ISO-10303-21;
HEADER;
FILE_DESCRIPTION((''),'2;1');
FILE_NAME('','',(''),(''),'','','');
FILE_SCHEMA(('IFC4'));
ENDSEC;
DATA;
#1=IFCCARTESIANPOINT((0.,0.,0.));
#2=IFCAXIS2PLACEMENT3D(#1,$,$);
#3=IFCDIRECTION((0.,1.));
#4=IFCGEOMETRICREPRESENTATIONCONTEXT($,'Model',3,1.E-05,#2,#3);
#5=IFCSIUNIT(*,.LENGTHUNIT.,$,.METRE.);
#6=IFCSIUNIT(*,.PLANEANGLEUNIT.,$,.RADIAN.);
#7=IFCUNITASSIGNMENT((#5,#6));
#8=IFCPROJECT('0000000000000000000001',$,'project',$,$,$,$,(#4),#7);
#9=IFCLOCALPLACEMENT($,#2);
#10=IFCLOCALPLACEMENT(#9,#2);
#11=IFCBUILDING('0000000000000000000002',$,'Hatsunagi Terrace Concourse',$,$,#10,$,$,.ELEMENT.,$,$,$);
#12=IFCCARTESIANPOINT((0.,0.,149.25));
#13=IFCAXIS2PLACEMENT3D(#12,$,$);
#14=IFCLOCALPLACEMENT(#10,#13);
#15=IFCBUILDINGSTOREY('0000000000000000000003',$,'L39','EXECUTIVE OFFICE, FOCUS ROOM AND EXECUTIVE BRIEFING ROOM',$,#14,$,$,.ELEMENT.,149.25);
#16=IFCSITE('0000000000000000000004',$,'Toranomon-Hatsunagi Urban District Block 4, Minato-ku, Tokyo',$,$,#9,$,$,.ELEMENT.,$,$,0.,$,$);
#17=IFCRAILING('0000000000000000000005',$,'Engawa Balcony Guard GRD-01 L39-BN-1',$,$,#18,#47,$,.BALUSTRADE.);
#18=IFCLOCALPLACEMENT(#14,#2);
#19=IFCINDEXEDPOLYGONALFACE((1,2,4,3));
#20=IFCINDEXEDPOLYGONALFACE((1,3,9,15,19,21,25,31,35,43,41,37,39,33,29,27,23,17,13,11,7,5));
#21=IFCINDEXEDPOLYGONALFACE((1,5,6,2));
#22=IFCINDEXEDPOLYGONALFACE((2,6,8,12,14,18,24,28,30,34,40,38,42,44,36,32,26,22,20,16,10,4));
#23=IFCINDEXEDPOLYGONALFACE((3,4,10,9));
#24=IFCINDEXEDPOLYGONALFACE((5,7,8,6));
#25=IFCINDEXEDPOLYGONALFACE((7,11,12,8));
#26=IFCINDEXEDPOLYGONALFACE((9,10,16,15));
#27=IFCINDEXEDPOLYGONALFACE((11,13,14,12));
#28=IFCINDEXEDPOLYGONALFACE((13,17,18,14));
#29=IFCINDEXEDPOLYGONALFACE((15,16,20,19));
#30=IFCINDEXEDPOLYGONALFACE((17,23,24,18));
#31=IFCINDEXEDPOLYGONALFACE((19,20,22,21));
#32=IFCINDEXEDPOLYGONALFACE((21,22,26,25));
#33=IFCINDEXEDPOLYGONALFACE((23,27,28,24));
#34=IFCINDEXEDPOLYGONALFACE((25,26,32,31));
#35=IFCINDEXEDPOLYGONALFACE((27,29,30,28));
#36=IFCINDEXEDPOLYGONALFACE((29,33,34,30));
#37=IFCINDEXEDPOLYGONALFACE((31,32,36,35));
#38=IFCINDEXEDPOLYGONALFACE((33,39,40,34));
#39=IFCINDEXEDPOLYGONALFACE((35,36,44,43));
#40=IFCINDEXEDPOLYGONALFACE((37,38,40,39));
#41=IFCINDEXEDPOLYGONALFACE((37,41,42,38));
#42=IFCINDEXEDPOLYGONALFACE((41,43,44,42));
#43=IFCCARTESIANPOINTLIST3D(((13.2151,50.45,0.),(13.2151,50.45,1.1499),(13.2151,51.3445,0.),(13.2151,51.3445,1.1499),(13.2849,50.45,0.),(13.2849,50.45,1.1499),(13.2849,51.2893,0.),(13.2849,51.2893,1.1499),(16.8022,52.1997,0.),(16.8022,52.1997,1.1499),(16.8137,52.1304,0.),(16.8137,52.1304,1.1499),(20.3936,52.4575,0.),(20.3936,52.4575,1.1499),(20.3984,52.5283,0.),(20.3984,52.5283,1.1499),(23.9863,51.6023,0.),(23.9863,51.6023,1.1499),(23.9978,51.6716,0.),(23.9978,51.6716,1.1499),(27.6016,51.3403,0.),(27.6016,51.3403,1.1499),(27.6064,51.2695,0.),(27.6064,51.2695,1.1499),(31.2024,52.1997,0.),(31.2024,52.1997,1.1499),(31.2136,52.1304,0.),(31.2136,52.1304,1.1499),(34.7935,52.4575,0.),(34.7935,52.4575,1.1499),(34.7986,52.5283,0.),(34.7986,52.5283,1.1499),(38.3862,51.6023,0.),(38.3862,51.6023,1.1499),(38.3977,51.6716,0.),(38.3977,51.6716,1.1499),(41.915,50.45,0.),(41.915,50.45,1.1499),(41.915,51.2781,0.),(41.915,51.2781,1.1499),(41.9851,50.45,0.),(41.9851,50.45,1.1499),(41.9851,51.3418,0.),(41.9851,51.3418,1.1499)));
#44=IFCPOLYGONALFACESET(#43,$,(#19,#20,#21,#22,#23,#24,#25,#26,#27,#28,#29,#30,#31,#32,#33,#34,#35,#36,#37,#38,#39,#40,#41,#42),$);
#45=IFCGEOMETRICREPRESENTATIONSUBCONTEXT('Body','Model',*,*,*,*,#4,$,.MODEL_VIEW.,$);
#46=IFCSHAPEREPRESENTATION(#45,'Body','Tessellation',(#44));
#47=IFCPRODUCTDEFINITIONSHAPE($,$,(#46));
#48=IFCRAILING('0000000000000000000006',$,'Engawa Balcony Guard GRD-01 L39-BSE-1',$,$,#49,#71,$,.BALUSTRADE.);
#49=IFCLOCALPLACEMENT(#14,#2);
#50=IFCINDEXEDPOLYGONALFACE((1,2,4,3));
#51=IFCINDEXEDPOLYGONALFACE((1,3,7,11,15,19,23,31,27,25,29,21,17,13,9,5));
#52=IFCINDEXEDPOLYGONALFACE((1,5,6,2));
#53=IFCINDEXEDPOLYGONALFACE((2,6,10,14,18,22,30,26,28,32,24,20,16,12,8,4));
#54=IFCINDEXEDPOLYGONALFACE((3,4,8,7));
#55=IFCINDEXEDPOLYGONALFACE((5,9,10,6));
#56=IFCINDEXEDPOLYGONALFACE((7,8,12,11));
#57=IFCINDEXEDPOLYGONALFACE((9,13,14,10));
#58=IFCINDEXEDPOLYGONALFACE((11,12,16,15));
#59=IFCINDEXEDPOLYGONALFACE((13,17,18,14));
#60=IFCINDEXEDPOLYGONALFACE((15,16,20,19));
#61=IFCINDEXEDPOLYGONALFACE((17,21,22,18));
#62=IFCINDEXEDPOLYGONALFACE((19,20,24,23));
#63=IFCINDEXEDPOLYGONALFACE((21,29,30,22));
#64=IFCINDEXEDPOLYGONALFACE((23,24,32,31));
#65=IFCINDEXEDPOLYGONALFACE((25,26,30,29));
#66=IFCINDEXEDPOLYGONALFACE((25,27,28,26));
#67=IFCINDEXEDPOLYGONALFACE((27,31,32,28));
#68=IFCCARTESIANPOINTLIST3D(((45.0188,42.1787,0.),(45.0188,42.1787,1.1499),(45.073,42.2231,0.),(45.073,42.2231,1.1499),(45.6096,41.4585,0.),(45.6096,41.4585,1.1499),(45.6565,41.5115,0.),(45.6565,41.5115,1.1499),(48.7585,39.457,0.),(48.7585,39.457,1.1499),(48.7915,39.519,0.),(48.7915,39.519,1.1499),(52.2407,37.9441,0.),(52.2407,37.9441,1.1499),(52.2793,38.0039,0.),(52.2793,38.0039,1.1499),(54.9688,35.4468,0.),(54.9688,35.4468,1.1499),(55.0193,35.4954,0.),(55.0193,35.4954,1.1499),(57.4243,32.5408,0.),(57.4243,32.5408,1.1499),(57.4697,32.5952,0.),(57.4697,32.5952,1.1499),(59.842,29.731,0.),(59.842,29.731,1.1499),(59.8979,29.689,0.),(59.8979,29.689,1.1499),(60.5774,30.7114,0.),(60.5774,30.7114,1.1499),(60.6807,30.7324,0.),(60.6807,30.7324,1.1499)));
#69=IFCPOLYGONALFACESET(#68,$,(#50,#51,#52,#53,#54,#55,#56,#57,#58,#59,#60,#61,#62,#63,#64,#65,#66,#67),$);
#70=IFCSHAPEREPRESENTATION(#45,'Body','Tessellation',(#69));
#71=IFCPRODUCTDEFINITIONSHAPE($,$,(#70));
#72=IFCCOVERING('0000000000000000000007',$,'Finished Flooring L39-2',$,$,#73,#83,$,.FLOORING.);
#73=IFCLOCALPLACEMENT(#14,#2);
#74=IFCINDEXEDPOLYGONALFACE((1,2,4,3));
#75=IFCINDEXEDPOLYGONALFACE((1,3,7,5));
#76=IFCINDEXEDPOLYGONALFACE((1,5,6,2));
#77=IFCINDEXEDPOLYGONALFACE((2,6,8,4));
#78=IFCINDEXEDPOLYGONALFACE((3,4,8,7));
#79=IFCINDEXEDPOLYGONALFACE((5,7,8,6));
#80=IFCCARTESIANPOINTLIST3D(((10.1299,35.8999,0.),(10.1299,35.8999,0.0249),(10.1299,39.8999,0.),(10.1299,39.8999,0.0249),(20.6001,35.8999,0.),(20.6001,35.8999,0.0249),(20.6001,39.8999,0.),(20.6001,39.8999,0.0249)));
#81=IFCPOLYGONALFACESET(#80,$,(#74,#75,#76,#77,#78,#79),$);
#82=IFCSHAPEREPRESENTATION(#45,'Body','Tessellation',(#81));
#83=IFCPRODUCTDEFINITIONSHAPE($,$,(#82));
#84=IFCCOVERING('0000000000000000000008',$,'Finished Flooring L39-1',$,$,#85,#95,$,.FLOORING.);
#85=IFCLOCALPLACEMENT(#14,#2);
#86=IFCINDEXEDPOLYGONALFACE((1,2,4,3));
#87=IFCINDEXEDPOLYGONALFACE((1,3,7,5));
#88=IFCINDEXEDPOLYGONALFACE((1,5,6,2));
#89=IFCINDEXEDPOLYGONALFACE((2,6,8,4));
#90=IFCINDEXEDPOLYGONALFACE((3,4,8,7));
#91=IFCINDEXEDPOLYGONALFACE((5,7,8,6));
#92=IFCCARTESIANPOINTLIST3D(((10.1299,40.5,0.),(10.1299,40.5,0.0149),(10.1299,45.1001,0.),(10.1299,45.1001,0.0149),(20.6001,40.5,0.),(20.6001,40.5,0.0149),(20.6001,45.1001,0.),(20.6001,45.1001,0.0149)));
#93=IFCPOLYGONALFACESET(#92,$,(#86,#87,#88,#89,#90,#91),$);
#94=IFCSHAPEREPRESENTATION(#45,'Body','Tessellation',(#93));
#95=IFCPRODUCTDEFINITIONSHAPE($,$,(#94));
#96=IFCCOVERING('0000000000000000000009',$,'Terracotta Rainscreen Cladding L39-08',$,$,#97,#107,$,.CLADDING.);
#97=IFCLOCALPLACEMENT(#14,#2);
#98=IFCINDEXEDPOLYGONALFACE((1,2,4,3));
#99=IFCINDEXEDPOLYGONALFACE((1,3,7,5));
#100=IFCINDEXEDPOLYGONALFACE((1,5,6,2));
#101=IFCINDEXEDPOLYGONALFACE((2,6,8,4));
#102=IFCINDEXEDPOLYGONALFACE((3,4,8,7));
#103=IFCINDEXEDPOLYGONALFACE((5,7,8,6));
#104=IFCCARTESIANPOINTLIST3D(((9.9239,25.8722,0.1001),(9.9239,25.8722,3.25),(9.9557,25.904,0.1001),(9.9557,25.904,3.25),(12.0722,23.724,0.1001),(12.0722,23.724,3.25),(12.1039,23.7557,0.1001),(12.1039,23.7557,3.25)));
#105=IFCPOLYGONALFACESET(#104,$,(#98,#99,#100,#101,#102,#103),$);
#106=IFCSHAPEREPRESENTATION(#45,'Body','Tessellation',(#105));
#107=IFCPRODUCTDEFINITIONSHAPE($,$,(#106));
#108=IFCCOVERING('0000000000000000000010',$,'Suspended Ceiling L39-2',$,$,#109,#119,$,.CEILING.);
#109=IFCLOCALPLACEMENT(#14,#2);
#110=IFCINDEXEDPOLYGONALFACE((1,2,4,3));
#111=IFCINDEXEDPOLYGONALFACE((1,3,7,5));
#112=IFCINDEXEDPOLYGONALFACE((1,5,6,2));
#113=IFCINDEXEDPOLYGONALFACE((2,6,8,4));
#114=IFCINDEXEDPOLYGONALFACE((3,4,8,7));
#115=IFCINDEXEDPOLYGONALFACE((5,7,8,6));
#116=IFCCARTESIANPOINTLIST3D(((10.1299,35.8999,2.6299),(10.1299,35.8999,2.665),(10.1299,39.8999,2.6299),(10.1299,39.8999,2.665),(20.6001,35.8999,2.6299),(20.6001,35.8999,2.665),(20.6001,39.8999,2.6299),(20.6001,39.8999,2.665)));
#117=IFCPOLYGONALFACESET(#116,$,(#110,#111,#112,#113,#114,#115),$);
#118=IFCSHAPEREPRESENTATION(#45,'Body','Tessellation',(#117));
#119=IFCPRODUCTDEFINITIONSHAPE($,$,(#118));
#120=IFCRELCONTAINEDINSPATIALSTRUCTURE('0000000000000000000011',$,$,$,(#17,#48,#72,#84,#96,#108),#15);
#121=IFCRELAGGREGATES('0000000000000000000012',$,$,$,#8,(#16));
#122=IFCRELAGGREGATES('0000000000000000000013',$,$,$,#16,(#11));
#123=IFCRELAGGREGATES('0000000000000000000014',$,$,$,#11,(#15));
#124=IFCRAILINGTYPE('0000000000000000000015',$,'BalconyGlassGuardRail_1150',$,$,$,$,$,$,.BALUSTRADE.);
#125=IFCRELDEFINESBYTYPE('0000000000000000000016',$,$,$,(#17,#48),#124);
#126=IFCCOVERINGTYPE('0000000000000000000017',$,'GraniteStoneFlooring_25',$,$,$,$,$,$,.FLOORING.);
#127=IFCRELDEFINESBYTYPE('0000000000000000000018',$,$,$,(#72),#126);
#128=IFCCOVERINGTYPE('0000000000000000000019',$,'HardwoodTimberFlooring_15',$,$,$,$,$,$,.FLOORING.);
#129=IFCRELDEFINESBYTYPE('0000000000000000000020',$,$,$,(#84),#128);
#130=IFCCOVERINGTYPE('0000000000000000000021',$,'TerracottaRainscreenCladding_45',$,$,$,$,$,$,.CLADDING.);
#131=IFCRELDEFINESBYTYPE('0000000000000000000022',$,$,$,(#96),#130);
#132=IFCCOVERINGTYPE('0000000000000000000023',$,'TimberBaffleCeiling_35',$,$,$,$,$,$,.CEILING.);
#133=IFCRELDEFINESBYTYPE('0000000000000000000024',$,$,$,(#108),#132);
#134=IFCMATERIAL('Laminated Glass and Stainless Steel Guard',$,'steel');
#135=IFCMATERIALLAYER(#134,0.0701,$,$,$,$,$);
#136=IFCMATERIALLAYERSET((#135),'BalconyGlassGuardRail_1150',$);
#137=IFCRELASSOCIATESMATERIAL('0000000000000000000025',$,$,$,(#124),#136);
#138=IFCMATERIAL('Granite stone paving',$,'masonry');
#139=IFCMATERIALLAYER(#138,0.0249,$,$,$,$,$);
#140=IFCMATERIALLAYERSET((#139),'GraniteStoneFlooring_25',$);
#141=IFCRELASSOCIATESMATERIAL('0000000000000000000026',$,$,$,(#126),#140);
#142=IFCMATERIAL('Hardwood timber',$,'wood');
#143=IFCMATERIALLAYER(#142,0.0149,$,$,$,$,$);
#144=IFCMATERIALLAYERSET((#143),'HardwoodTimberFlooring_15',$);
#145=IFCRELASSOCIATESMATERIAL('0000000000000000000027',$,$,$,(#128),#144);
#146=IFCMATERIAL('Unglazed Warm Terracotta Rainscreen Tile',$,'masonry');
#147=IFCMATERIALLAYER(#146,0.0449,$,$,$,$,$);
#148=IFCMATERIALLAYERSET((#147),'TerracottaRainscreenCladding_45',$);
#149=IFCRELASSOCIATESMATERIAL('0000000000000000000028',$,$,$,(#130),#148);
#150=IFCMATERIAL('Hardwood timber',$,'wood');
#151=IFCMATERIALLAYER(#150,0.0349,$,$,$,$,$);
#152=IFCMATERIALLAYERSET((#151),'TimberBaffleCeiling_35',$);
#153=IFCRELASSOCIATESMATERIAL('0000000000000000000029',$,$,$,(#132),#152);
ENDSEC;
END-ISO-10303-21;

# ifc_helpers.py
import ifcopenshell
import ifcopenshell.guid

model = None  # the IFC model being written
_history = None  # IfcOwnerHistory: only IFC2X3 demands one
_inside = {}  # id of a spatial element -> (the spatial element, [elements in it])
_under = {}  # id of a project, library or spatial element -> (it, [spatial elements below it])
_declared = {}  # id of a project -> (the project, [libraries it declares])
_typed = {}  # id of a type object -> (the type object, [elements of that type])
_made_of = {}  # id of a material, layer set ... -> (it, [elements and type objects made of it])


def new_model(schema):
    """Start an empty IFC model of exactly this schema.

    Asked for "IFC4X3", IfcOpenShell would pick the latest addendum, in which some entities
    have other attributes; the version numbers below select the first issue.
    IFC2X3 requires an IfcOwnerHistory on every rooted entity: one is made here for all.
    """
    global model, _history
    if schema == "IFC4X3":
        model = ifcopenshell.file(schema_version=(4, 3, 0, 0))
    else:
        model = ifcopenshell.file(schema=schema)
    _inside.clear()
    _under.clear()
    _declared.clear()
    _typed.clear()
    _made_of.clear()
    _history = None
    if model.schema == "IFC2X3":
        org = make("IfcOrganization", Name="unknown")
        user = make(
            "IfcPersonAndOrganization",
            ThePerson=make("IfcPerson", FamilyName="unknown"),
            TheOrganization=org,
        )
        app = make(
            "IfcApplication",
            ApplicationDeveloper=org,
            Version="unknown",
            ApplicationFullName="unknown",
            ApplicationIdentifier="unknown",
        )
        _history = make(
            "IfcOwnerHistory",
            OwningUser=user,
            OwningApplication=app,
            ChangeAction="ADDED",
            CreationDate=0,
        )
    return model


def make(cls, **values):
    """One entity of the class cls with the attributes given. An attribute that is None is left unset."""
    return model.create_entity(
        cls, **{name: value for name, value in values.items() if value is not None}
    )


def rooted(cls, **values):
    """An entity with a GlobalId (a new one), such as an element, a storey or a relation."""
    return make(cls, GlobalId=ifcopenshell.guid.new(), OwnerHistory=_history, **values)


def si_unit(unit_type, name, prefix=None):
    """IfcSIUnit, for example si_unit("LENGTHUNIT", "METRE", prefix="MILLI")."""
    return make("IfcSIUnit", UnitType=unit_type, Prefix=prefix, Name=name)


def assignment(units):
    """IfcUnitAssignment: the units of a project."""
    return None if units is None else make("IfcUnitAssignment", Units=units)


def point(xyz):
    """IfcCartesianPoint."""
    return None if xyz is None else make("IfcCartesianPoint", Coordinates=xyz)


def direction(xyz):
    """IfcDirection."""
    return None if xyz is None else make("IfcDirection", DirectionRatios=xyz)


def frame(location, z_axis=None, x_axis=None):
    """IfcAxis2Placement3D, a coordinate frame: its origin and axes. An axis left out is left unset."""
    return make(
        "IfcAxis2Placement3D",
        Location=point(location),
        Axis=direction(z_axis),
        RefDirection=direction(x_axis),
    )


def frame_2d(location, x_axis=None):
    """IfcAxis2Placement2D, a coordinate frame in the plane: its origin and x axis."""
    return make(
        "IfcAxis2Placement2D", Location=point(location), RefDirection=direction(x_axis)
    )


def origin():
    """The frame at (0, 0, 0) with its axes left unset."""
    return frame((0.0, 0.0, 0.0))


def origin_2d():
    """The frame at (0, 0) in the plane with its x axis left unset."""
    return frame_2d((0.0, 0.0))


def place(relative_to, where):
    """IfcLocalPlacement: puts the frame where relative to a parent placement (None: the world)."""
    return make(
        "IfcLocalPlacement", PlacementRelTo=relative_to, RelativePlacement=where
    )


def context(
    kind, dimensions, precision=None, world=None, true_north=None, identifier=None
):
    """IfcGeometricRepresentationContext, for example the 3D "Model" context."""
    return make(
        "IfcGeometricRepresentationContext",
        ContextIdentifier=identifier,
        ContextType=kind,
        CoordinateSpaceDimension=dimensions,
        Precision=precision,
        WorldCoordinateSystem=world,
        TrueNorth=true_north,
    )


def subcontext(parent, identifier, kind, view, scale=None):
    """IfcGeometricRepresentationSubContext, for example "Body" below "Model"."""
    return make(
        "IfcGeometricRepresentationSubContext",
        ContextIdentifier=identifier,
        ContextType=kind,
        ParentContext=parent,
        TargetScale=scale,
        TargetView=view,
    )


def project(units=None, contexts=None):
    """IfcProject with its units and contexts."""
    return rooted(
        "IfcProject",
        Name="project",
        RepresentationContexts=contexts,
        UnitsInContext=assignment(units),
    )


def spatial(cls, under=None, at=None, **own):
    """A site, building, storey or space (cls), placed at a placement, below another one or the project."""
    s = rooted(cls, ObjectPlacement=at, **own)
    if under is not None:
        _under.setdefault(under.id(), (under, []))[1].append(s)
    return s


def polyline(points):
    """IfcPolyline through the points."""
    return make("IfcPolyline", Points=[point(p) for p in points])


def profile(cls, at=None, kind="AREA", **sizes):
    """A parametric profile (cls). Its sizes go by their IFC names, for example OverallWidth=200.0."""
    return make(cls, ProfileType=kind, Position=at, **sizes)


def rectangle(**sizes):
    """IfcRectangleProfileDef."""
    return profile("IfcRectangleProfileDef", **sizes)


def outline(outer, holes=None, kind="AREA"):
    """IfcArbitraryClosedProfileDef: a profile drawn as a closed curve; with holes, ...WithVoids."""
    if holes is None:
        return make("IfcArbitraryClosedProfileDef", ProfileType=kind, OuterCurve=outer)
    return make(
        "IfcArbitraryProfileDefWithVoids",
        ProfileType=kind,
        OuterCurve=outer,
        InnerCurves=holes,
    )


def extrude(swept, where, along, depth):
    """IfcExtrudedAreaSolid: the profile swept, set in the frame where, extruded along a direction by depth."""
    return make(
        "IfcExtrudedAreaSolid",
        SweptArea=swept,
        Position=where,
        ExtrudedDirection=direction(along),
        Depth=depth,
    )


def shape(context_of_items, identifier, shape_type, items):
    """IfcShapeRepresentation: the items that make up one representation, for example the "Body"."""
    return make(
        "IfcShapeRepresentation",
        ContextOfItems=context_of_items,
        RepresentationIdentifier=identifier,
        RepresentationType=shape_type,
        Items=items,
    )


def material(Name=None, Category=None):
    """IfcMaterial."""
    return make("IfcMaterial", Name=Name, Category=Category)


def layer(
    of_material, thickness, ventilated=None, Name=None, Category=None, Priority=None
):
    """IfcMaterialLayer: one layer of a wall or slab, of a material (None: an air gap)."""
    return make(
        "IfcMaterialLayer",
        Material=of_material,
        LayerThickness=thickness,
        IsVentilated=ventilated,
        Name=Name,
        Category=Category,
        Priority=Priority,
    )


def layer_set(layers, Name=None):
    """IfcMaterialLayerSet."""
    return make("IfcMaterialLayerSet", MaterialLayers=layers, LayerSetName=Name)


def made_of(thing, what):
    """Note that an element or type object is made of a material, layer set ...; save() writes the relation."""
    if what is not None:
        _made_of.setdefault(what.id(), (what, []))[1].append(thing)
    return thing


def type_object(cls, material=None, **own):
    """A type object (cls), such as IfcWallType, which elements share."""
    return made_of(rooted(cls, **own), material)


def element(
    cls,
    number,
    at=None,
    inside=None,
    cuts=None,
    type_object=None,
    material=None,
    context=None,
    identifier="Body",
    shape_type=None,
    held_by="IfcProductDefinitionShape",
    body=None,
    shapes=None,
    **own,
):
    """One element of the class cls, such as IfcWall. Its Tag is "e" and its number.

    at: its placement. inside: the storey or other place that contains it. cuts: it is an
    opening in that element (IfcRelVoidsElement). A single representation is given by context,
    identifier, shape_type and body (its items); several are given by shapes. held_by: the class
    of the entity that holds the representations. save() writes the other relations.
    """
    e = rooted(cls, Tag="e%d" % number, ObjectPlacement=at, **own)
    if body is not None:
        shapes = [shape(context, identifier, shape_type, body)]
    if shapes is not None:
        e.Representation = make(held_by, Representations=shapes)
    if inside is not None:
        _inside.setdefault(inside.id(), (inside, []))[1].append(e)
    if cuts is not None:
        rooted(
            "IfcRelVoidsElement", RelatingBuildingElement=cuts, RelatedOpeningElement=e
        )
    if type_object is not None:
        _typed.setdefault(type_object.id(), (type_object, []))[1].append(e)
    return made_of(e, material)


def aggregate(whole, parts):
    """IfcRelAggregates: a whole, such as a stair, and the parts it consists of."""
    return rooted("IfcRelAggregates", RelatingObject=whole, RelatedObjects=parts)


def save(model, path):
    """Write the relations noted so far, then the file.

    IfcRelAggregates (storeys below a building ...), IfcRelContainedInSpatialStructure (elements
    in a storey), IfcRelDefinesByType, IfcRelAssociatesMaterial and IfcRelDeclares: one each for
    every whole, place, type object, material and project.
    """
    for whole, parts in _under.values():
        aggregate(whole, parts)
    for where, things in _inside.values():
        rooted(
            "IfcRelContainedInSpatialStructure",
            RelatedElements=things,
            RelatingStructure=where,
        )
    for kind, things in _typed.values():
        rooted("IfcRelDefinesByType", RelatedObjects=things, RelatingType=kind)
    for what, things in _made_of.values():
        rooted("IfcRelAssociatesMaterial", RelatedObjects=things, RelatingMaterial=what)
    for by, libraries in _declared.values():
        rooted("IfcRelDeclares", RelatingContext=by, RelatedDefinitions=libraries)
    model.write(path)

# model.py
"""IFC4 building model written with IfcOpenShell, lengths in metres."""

from ifc_helpers import new_model, si_unit, direction, frame, origin, origin_2d, place, context, subcontext, project, spatial, polyline, rectangle, outline, extrude, material, layer, layer_set, type_object, element, save


model = new_model("IFC4")

# Units and contexts
model_context = context("Model", 3, precision=1e-05, world=origin(), true_north=direction((0.0, 1.0)))
body_context = subcontext(model_context, "Body", "Model", "MODEL_VIEW")
ifc_project = project(units=[si_unit("LENGTHUNIT", "METRE"), si_unit("PLANEANGLEUNIT", "RADIAN")], contexts=[model_context])

# Site, building, storey
site_placement = place(None, origin())
site = spatial("IfcSite", under=ifc_project, at=site_placement, Name="Toranomon-Hatsunagi Urban District Block 4, Minato-ku, Tokyo", CompositionType="ELEMENT", RefElevation=0.0)
building_placement = place(site_placement, origin())
building = spatial("IfcBuilding", under=site, at=building_placement, Name="Hatsunagi Terrace Concourse", CompositionType="ELEMENT")
storey_placement = place(building_placement, frame((0.0, 0.0, 149.25)))
storey = spatial("IfcBuildingStorey", under=building, at=storey_placement, Name="L39", Description="EXECUTIVE OFFICE, FOCUS ROOM AND EXECUTIVE BRIEFING ROOM", CompositionType="ELEMENT", Elevation=149.25)

# Railings
ifc_material_1 = material(Name="Laminated Glass and Stainless Steel Guard", Category="steel")
ifc_layer_1 = layer(ifc_material_1, 0.0701)
ifc_layer_set_1 = layer_set([ifc_layer_1], Name="BalconyGlassGuardRail_1150")
railing_type = type_object("IfcRailingType", Name="BalconyGlassGuardRail_1150", PredefinedType="BALUSTRADE", material=ifc_layer_set_1)
railing_1_placement = place(storey_placement, origin())
element("IfcRailing", 1, at=railing_1_placement, inside=storey, type_object=railing_type, Name="Engawa Balcony Guard GRD-01 L39-BN-1", PredefinedType="BALUSTRADE", context=body_context, shape_type="SweptSolid", body=[
    extrude(outline(polyline([(13.2151, 50.45), (13.2849, 50.45), (13.2849, 51.2893), (16.8137, 52.1304), (20.3936, 52.4575), (23.9863, 51.6023), (27.6064, 51.2695), (31.2136, 52.1304), (34.7935, 52.4575), (38.3862, 51.6023), (41.915, 51.2781), (41.915, 50.45), (41.9851, 50.45), (41.9851, 51.3418), (38.3977, 51.6716), (34.7986, 52.5283), (31.2024, 52.1997), (27.6016, 51.3403), (23.9978, 51.6716), (20.3984, 52.5283), (16.8022, 52.1997), (13.2151, 51.3445), (13.2151, 50.45)])), origin(), (0.0, 0.0, 1.0), 1.1499),
])
railing_2_placement = place(storey_placement, origin())
element("IfcRailing", 2, at=railing_2_placement, inside=storey, type_object=railing_type, Name="Engawa Balcony Guard GRD-01 L39-BSE-1", PredefinedType="BALUSTRADE", context=body_context, shape_type="SweptSolid", body=[
    extrude(outline(polyline([(45.073, 42.2231), (45.0188, 42.1787), (45.6096, 41.4585), (48.7585, 39.457), (52.2407, 37.9441), (54.9688, 35.4468), (57.4243, 32.5408), (60.5774, 30.7114), (59.842, 29.731), (59.8979, 29.689), (60.6807, 30.7324), (57.4697, 32.5952), (55.0193, 35.4954), (52.2793, 38.0039), (48.7915, 39.519), (45.6565, 41.5115), (45.073, 42.2231)])), origin(), (0.0, 0.0, 1.0), 1.1499),
])

# Coverings
ifc_material_2 = material(Name="Granite stone paving", Category="masonry")
ifc_layer_2 = layer(ifc_material_2, 0.0249)
ifc_layer_set_2 = layer_set([ifc_layer_2], Name="GraniteStoneFlooring_25")
covering_type_1 = type_object("IfcCoveringType", Name="GraniteStoneFlooring_25", PredefinedType="FLOORING", material=ifc_layer_set_2)
covering_1_placement = place(storey_placement, origin())
element("IfcCovering", 3, at=covering_1_placement, inside=storey, type_object=covering_type_1, Name="Finished Flooring L39-2", PredefinedType="FLOORING", context=body_context, shape_type="SweptSolid", body=[
    extrude(outline(polyline([(10.1299, 35.8999), (20.6001, 35.8999), (20.6001, 39.8999), (10.1299, 39.8999), (10.1299, 35.8999)])), origin(), (0.0, 0.0, 1.0), 0.0249),
])
ifc_material_3 = material(Name="Hardwood timber", Category="wood")
ifc_layer_3 = layer(ifc_material_3, 0.0149)
ifc_layer_set_3 = layer_set([ifc_layer_3], Name="HardwoodTimberFlooring_15")
covering_type_2 = type_object("IfcCoveringType", Name="HardwoodTimberFlooring_15", PredefinedType="FLOORING", material=ifc_layer_set_3)
covering_2_placement = place(storey_placement, origin())
element("IfcCovering", 4, at=covering_2_placement, inside=storey, type_object=covering_type_2, Name="Finished Flooring L39-1", PredefinedType="FLOORING", context=body_context, shape_type="SweptSolid", body=[
    extrude(outline(polyline([(10.1299, 40.5), (20.6001, 40.5), (20.6001, 45.1001), (10.1299, 45.1001), (10.1299, 40.5)])), origin(), (0.0, 0.0, 1.0), 0.0149),
])
ifc_material_4 = material(Name="Unglazed Warm Terracotta Rainscreen Tile", Category="masonry")
ifc_layer_4 = layer(ifc_material_4, 0.0449)
ifc_layer_set_4 = layer_set([ifc_layer_4], Name="TerracottaRainscreenCladding_45")
covering_type_3 = type_object("IfcCoveringType", Name="TerracottaRainscreenCladding_45", PredefinedType="CLADDING", material=ifc_layer_set_4)
covering_3_placement = place(storey_placement, frame((11.0139, 24.814, 0.1001), z_axis=(0.0, 0.0, 1.0), x_axis=(-0.707107, 0.707107, 0.0)))
element("IfcCovering", 5, at=covering_3_placement, inside=storey, type_object=covering_type_3, Name="Terracotta Rainscreen Cladding L39-08", PredefinedType="CLADDING", context=body_context, shape_type="SweptSolid", body=[
    extrude(rectangle(XDim=3.0381, YDim=0.0449, at=origin_2d()), origin(), (0.0, 0.0, 1.0), 3.1499),
])
ifc_material_5 = material(Name="Hardwood timber", Category="wood")
ifc_layer_5 = layer(ifc_material_5, 0.0349)
ifc_layer_set_5 = layer_set([ifc_layer_5], Name="TimberBaffleCeiling_35")
covering_type_4 = type_object("IfcCoveringType", Name="TimberBaffleCeiling_35", PredefinedType="CEILING", material=ifc_layer_set_5)
covering_4_placement = place(storey_placement, frame((0.0, 0.0, 2.6299)))
element("IfcCovering", 6, at=covering_4_placement, inside=storey, type_object=covering_type_4, Name="Suspended Ceiling L39-2", PredefinedType="CEILING", context=body_context, shape_type="SweptSolid", body=[
    extrude(outline(polyline([(10.1299, 35.8999), (20.6001, 35.8999), (20.6001, 39.8999), (10.1299, 39.8999), (10.1299, 35.8999)])), origin(), (0.0, 0.0, 1.0), 0.0352),
])

save(model, "model.ifc")
